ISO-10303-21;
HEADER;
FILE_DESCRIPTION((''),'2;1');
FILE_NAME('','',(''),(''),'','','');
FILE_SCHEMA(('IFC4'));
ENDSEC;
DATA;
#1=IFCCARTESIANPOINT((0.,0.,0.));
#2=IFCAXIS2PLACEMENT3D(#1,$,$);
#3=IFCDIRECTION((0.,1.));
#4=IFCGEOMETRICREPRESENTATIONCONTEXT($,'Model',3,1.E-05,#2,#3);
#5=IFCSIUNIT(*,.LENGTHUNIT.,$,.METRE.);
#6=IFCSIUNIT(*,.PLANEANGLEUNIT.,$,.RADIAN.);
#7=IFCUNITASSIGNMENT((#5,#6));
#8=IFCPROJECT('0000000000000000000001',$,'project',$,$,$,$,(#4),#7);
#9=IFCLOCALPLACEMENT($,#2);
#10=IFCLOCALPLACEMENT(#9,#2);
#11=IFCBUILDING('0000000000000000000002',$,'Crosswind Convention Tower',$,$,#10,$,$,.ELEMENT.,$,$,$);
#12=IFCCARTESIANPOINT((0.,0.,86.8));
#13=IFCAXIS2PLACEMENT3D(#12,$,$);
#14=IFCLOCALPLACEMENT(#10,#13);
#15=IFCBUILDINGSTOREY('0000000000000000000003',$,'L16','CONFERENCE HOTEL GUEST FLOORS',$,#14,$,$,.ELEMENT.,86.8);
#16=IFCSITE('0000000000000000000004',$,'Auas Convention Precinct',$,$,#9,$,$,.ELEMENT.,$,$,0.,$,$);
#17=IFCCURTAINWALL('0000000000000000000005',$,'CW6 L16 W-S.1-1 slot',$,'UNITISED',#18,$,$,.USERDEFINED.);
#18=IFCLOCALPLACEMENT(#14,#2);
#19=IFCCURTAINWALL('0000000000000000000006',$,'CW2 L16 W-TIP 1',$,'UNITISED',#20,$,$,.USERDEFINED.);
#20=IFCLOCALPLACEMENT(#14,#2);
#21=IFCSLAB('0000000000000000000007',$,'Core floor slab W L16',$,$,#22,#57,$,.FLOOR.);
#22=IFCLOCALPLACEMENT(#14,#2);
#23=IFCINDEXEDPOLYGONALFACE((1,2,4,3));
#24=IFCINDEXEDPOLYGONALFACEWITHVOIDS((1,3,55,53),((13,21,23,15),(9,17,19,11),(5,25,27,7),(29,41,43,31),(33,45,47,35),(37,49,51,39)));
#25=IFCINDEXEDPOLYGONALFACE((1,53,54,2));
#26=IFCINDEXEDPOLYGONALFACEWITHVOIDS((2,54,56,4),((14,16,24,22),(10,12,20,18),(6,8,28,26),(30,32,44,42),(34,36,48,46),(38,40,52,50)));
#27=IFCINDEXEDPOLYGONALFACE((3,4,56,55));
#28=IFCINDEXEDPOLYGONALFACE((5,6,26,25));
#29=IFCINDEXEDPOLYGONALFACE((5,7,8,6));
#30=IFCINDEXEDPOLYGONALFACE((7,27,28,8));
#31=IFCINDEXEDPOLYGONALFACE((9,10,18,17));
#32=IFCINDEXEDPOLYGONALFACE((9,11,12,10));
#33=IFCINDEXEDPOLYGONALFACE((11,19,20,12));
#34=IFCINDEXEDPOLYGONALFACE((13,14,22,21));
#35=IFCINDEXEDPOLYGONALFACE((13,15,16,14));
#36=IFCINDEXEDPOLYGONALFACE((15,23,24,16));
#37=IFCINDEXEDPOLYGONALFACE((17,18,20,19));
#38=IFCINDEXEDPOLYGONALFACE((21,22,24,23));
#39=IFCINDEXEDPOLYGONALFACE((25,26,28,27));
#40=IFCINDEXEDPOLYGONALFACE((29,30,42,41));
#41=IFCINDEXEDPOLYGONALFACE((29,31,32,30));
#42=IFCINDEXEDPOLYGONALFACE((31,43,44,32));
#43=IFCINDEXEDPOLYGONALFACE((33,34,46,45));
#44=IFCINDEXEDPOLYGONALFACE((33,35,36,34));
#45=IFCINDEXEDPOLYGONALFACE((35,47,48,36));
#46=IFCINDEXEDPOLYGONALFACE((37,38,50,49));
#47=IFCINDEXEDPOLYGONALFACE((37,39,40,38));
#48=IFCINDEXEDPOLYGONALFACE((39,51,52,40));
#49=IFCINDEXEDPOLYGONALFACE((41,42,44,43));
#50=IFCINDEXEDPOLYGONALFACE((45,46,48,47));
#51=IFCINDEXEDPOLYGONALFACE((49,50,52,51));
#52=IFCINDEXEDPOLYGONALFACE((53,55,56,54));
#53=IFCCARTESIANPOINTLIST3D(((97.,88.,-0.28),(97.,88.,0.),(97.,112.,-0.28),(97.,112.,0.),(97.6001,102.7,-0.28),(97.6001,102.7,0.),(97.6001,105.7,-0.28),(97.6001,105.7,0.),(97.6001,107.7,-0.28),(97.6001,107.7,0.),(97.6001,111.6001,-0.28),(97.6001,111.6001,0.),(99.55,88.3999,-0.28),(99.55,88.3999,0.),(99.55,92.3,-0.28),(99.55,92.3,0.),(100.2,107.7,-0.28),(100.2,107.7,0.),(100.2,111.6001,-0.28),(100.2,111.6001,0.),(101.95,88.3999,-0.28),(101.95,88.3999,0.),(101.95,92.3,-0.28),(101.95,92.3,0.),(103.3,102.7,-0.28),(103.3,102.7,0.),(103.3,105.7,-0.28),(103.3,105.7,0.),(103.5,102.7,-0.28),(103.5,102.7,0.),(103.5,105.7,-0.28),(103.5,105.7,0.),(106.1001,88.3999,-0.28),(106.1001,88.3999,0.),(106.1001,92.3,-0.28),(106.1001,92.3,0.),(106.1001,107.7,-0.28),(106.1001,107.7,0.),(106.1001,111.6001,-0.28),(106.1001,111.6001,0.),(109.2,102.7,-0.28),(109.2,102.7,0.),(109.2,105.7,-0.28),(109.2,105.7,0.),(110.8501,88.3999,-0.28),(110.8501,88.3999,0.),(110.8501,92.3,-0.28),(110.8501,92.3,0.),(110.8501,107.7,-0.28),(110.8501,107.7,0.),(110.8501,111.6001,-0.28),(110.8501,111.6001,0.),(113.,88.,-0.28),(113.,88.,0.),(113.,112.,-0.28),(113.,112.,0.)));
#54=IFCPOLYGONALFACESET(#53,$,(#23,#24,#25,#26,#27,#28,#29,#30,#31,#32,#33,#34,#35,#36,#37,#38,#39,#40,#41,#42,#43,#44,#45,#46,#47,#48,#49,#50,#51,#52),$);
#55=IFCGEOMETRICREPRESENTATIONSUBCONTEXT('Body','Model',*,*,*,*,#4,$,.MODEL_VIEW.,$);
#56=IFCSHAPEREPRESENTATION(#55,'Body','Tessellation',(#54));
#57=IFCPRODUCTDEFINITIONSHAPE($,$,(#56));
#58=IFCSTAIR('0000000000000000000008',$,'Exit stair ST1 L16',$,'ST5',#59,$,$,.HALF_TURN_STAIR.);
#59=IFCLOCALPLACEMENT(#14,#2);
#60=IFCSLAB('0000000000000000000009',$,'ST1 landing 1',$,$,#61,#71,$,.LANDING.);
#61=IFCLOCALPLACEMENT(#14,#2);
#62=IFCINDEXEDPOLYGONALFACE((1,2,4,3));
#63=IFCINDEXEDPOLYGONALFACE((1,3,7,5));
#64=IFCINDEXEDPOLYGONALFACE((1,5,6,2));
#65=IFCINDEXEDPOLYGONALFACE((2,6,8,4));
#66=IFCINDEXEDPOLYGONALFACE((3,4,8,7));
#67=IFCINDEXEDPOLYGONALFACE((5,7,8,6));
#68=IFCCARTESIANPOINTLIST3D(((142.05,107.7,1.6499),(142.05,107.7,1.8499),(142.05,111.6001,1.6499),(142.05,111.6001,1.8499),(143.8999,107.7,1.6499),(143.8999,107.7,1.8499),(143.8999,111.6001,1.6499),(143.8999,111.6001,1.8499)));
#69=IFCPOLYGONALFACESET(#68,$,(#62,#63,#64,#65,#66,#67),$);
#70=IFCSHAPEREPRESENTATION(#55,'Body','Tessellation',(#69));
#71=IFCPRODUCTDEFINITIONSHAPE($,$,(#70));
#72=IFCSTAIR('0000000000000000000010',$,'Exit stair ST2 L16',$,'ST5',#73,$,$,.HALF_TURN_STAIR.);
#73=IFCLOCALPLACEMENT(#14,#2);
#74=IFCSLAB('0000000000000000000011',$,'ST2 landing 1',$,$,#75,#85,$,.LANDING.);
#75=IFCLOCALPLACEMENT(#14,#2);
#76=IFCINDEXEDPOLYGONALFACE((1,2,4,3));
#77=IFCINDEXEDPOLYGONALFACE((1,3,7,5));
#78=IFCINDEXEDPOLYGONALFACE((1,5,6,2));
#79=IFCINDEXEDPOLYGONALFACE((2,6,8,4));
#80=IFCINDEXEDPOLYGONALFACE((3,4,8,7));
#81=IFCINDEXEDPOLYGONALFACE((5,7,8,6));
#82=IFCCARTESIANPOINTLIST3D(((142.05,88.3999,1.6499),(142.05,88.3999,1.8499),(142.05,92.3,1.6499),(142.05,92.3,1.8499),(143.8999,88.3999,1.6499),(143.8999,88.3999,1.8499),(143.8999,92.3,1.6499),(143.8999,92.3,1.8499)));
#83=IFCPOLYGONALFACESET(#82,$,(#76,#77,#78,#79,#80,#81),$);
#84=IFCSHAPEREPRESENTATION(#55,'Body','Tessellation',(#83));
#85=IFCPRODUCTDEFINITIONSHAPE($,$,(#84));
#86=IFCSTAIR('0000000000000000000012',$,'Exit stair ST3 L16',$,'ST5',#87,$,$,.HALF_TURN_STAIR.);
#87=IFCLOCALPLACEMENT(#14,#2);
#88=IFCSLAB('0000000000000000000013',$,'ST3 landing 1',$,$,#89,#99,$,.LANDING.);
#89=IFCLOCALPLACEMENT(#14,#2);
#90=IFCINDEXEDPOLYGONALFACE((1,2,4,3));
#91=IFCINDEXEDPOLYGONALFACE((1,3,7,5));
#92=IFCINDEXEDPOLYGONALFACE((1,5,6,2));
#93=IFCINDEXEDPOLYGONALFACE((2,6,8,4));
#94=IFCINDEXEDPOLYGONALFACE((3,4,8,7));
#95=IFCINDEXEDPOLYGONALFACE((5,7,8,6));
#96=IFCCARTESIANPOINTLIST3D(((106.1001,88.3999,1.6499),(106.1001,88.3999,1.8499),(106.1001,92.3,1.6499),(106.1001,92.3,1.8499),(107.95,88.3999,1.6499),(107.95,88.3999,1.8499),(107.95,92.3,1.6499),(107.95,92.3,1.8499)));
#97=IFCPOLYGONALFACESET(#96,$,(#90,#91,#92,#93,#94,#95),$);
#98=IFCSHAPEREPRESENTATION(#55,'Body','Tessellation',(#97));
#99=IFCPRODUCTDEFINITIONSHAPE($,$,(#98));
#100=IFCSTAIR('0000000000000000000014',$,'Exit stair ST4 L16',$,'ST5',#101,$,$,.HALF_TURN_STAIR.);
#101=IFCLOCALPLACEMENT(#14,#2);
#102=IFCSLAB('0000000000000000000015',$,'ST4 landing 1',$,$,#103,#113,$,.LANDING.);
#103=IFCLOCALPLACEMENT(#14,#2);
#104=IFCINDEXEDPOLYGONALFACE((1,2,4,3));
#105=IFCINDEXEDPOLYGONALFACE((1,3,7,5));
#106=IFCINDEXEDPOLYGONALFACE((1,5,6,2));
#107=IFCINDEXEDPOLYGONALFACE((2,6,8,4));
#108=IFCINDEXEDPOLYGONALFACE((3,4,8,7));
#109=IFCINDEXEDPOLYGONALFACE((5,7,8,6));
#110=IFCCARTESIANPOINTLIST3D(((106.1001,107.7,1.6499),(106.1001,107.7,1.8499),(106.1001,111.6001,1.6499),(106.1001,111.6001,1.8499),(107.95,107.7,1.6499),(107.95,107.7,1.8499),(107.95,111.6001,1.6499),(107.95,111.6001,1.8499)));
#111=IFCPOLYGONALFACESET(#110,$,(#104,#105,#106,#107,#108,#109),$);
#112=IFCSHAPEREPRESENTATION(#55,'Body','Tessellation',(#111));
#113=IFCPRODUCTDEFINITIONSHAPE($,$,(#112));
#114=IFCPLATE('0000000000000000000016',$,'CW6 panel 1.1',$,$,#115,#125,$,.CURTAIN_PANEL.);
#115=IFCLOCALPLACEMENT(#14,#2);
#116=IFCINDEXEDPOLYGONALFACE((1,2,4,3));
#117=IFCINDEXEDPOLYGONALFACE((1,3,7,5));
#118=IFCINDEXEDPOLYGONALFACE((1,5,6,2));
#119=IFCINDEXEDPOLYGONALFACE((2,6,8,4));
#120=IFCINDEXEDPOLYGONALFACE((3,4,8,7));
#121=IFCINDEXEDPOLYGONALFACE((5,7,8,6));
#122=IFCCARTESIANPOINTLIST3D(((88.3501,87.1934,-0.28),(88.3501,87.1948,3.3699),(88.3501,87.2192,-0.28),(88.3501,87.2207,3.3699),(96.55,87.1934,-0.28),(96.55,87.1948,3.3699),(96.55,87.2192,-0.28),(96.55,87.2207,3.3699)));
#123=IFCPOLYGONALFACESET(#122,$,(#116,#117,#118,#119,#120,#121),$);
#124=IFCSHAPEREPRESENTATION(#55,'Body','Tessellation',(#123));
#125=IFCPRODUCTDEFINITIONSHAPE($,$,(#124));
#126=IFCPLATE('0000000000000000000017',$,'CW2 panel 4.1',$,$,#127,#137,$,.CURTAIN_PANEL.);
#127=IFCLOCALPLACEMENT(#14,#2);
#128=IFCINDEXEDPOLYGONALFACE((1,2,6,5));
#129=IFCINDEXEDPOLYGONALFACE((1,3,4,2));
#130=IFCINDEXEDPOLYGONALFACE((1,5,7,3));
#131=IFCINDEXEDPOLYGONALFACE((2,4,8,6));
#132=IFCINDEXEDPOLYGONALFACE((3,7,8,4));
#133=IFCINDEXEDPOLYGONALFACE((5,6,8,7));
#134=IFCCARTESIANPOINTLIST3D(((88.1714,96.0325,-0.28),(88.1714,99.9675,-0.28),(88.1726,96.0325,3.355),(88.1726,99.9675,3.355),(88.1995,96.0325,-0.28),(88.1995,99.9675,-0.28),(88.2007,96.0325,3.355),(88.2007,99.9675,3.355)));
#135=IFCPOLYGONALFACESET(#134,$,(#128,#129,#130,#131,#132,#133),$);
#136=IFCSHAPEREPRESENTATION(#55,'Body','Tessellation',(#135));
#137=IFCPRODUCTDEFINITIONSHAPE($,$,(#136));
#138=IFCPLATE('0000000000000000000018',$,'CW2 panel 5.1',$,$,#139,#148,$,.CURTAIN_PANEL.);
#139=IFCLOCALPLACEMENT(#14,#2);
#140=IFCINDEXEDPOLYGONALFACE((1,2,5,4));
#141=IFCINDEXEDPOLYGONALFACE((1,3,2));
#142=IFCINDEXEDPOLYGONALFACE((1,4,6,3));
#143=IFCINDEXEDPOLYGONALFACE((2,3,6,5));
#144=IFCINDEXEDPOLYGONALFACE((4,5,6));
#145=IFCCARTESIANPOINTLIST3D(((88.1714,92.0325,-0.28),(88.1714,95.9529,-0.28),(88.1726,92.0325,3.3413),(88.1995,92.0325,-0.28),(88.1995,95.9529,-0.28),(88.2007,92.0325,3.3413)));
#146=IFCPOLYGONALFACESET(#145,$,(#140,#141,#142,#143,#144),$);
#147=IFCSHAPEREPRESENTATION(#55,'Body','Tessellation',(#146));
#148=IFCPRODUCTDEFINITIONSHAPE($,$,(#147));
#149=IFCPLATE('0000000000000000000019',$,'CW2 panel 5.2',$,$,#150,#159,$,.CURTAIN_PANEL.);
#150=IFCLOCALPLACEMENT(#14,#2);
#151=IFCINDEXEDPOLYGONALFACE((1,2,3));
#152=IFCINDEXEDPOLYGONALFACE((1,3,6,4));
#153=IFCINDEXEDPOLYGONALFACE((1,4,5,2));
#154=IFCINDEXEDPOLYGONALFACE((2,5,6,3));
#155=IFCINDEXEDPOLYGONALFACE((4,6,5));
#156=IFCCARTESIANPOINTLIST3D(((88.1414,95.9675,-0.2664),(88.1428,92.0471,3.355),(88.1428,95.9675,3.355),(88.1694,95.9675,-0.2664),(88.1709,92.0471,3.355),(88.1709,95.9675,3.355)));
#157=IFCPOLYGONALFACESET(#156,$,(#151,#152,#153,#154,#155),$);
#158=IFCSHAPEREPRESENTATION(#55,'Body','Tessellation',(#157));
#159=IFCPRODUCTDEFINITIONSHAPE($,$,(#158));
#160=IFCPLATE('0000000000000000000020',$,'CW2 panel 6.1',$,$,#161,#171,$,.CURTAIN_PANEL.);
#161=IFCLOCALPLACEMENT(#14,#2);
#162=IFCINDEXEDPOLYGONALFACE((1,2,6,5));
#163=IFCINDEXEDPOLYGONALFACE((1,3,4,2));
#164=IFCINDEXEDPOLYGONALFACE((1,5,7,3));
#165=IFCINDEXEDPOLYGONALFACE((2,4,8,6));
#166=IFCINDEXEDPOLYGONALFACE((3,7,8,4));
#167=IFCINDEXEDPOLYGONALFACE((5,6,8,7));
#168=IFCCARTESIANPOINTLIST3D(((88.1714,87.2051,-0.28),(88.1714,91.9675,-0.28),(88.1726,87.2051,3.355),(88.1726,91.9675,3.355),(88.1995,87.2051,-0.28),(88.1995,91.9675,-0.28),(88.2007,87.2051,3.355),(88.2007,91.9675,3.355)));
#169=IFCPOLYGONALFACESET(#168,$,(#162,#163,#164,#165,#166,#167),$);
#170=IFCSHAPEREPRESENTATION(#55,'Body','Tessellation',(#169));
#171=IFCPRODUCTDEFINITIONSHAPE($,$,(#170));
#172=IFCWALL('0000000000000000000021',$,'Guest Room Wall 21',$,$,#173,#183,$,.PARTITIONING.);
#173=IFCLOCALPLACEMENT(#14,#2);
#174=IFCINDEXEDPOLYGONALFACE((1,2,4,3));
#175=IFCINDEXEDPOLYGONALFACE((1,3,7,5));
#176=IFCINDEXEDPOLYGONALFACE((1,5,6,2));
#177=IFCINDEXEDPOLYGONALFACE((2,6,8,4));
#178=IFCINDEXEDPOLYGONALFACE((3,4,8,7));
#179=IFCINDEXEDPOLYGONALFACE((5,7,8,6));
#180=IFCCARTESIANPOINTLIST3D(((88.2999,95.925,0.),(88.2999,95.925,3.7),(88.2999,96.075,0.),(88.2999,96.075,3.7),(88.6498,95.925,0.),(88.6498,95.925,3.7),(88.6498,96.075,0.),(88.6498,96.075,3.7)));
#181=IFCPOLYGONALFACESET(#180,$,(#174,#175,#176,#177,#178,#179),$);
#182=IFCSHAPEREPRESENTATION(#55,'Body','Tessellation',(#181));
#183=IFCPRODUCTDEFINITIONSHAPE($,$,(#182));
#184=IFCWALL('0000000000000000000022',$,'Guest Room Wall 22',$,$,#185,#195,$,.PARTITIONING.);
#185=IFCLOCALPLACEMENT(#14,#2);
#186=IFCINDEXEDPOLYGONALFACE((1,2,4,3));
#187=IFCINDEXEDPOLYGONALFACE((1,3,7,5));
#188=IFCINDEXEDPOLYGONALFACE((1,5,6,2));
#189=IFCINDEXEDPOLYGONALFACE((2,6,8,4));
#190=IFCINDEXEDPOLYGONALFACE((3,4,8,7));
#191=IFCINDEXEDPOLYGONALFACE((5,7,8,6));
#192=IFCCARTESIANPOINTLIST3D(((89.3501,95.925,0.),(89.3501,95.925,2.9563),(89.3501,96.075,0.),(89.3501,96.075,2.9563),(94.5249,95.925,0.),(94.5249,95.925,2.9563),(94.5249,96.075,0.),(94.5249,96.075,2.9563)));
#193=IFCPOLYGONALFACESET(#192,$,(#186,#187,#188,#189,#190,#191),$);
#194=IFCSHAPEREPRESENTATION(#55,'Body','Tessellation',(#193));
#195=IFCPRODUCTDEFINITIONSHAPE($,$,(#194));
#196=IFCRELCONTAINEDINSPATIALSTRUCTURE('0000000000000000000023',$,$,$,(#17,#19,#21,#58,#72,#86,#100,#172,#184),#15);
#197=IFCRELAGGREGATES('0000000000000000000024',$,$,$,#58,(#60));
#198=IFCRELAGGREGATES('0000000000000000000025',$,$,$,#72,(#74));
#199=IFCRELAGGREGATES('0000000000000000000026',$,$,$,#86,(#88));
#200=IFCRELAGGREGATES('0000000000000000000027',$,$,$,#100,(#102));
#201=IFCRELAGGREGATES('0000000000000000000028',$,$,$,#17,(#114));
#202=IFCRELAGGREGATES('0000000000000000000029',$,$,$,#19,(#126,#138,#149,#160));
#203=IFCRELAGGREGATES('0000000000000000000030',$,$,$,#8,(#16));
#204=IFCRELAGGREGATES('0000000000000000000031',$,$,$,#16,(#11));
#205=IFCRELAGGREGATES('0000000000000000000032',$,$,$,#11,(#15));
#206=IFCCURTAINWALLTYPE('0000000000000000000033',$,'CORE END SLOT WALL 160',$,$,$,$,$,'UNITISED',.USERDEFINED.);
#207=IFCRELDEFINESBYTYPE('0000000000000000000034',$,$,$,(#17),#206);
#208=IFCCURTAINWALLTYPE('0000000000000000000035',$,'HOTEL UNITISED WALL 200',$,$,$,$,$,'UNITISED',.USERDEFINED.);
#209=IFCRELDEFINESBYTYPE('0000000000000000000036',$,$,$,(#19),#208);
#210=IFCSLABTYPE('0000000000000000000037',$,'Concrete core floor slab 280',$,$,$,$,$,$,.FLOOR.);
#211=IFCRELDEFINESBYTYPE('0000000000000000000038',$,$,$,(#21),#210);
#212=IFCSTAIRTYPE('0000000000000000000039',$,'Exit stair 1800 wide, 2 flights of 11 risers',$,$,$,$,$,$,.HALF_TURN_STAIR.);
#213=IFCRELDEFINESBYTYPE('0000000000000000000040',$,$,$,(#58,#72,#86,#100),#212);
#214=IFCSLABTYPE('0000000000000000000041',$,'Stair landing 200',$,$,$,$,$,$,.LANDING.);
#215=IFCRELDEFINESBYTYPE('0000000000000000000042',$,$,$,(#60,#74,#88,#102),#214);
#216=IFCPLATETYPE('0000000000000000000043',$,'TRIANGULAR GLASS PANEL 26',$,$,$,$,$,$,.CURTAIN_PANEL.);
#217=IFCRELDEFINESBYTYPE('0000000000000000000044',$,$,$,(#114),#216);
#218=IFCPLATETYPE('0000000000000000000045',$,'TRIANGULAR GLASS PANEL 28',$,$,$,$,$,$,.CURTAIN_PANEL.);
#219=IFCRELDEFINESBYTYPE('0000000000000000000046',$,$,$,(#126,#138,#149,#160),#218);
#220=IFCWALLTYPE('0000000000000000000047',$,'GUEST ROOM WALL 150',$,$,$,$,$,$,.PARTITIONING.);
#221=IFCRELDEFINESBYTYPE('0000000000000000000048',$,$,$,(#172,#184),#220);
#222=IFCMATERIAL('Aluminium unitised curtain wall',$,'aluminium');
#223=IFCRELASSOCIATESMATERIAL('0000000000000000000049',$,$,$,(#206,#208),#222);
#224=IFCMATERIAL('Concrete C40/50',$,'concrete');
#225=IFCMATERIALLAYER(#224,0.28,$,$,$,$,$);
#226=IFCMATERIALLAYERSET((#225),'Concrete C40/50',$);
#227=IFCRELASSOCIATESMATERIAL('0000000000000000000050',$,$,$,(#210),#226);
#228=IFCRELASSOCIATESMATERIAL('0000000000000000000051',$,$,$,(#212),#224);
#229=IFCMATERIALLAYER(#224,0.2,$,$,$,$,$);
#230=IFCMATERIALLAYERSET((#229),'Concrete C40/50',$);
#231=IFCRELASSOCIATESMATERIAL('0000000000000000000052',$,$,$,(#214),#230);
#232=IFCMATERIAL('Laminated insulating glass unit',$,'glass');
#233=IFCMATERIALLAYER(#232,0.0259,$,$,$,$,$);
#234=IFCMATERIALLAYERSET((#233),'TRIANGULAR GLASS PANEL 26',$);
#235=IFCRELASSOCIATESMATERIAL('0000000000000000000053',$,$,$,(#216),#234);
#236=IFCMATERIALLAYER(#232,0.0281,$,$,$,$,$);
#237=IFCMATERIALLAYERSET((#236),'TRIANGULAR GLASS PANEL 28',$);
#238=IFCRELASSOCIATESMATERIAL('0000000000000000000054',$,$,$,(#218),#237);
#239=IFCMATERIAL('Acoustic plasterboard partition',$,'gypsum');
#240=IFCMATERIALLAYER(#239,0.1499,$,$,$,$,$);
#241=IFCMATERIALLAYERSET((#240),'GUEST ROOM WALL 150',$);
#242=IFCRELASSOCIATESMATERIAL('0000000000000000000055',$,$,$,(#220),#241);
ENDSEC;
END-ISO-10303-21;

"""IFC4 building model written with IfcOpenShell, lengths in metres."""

from ifc_helpers import new_model, si_unit, direction, frame, frame_2d, origin, place, context, subcontext, project, spatial, polyline, rectangle, outline, extrude, material, layer, layer_set, type_object, element, aggregate, save


model = new_model("IFC4")

# Units and contexts
model_context = context("Model", 3, precision=1e-05, world=origin(), true_north=direction((0.0, 1.0)))
body_context = subcontext(model_context, "Body", "Model", "MODEL_VIEW")
ifc_project = project(units=[si_unit("LENGTHUNIT", "METRE"), si_unit("PLANEANGLEUNIT", "RADIAN")], contexts=[model_context])

# Site, building, storey
site_placement = place(None, origin())
site = spatial("IfcSite", under=ifc_project, at=site_placement, Name="Auas Convention Precinct", CompositionType="ELEMENT", RefElevation=0.0)
building_placement = place(site_placement, origin())
building = spatial("IfcBuilding", under=site, at=building_placement, Name="Crosswind Convention Tower", CompositionType="ELEMENT")
storey_placement = place(building_placement, frame((0.0, 0.0, 86.8)))
storey = spatial("IfcBuildingStorey", under=building, at=storey_placement, Name="L16", Description="CONFERENCE HOTEL GUEST FLOORS", CompositionType="ELEMENT", Elevation=86.8)

# Curtain wall
ifc_material_1 = material(Name="Aluminium unitised curtain wall", Category="aluminium")
curtain_wall_type_1 = type_object("IfcCurtainWallType", Name="CORE END SLOT WALL 160", ElementType="UNITISED", PredefinedType="USERDEFINED", material=ifc_material_1)
curtain_wall_1_placement = place(storey_placement, origin())
curtain_wall_1 = element("IfcCurtainWall", 1, at=curtain_wall_1_placement, inside=storey, type_object=curtain_wall_type_1, Name="CW6 L16 W-S.1-1 slot", ObjectType="UNITISED", PredefinedType="USERDEFINED")

# Curtain wall
curtain_wall_type_2 = type_object("IfcCurtainWallType", Name="HOTEL UNITISED WALL 200", ElementType="UNITISED", PredefinedType="USERDEFINED", material=ifc_material_1)
curtain_wall_2_placement = place(storey_placement, origin())
curtain_wall_2 = element("IfcCurtainWall", 2, at=curtain_wall_2_placement, inside=storey, type_object=curtain_wall_type_2, Name="CW2 L16 W-TIP 1", ObjectType="UNITISED", PredefinedType="USERDEFINED")

# Slab
ifc_material_2 = material(Name="Concrete C40/50", Category="concrete")
ifc_layer_1 = layer(ifc_material_2, 0.28)
ifc_layer_set_1 = layer_set([ifc_layer_1], Name="Concrete C40/50")
slab_type_1 = type_object("IfcSlabType", Name="Concrete core floor slab 280", PredefinedType="FLOOR", material=ifc_layer_set_1)
slab_1_placement = place(storey_placement, frame((0.0, 0.0, -0.28)))
element("IfcSlab", 3, at=slab_1_placement, inside=storey, type_object=slab_type_1, Name="Core floor slab W L16", PredefinedType="FLOOR", context=body_context, shape_type="SweptSolid", body=[
    extrude(outline(polyline([(97.0, 88.0), (113.0, 88.0), (113.0, 112.0), (97.0, 112.0), (97.0, 88.0)]), holes=[polyline([(109.2, 102.7), (109.2, 105.7), (103.5, 105.7), (103.5, 102.7), (109.2, 102.7)]), polyline([(103.3, 102.7), (103.3, 105.7), (97.6001, 105.7), (97.6001, 102.7), (103.3, 102.7)]), polyline([(101.95, 88.3999), (101.95, 92.3), (99.55, 92.3), (99.55, 88.3999), (101.95, 88.3999)]), polyline([(100.2, 107.7), (100.2, 111.6001), (97.6001, 111.6001), (97.6001, 107.7), (100.2, 107.7)]), polyline([(110.8501, 88.3999), (110.8501, 92.3), (106.1001, 92.3), (106.1001, 88.3999), (110.8501, 88.3999)]), polyline([(110.8501, 107.7), (110.8501, 111.6001), (106.1001, 111.6001), (106.1001, 107.7), (110.8501, 107.7)])]), origin(), (0.0, 0.0, 1.0), 0.28),
])

# Stairs, slabs
stair_type = type_object("IfcStairType", Name="Exit stair 1800 wide, 2 flights of 11 risers", PredefinedType="HALF_TURN_STAIR", material=ifc_material_2)
stair_1_placement = place(storey_placement, origin())
stair_1 = element("IfcStair", 4, at=stair_1_placement, inside=storey, type_object=stair_type, Name="Exit stair ST1 L16", ObjectType="ST5", PredefinedType="HALF_TURN_STAIR")
ifc_layer_2 = layer(ifc_material_2, 0.2)
ifc_layer_set_2 = layer_set([ifc_layer_2], Name="Concrete C40/50")
slab_type_2 = type_object("IfcSlabType", Name="Stair landing 200", PredefinedType="LANDING", material=ifc_layer_set_2)
slab_2_placement = place(storey_placement, frame((0.0, 0.0, 1.6499)))
slab_2 = element("IfcSlab", 5, at=slab_2_placement, type_object=slab_type_2, Name="ST1 landing 1", PredefinedType="LANDING", context=body_context, shape_type="SweptSolid", body=[
    extrude(outline(polyline([(143.8999, 107.7), (143.8999, 111.6001), (142.05, 111.6001), (142.05, 107.7), (143.8999, 107.7)])), origin(), (0.0, 0.0, 1.0), 0.2),
])
aggregate(stair_1, [slab_2])
stair_2_placement = place(storey_placement, origin())
stair_2 = element("IfcStair", 6, at=stair_2_placement, inside=storey, type_object=stair_type, Name="Exit stair ST2 L16", ObjectType="ST5", PredefinedType="HALF_TURN_STAIR")
slab_3_placement = place(storey_placement, frame((0.0, 0.0, 1.6499)))
slab_3 = element("IfcSlab", 7, at=slab_3_placement, type_object=slab_type_2, Name="ST2 landing 1", PredefinedType="LANDING", context=body_context, shape_type="SweptSolid", body=[
    extrude(outline(polyline([(143.8999, 88.3999), (143.8999, 92.3), (142.05, 92.3), (142.05, 88.3999), (143.8999, 88.3999)])), origin(), (0.0, 0.0, 1.0), 0.2),
])
aggregate(stair_2, [slab_3])
stair_3_placement = place(storey_placement, origin())
stair_3 = element("IfcStair", 8, at=stair_3_placement, inside=storey, type_object=stair_type, Name="Exit stair ST3 L16", ObjectType="ST5", PredefinedType="HALF_TURN_STAIR")
slab_4_placement = place(storey_placement, frame((0.0, 0.0, 1.6499)))
slab_4 = element("IfcSlab", 9, at=slab_4_placement, type_object=slab_type_2, Name="ST3 landing 1", PredefinedType="LANDING", context=body_context, shape_type="SweptSolid", body=[
    extrude(outline(polyline([(107.95, 88.3999), (107.95, 92.3), (106.1001, 92.3), (106.1001, 88.3999), (107.95, 88.3999)])), origin(), (0.0, 0.0, 1.0), 0.2),
])
aggregate(stair_3, [slab_4])
stair_4_placement = place(storey_placement, origin())
stair_4 = element("IfcStair", 10, at=stair_4_placement, inside=storey, type_object=stair_type, Name="Exit stair ST4 L16", ObjectType="ST5", PredefinedType="HALF_TURN_STAIR")
slab_5_placement = place(storey_placement, frame((0.0, 0.0, 1.6499)))
slab_5 = element("IfcSlab", 11, at=slab_5_placement, type_object=slab_type_2, Name="ST4 landing 1", PredefinedType="LANDING", context=body_context, shape_type="SweptSolid", body=[
    extrude(outline(polyline([(107.95, 107.7), (107.95, 111.6001), (106.1001, 111.6001), (106.1001, 107.7), (107.95, 107.7)])), origin(), (0.0, 0.0, 1.0), 0.2),
])
aggregate(stair_4, [slab_5])

# Plates
ifc_material_3 = material(Name="Laminated insulating glass unit", Category="glass")
ifc_layer_3 = layer(ifc_material_3, 0.0259)
ifc_layer_set_3 = layer_set([ifc_layer_3], Name="TRIANGULAR GLASS PANEL 26")
plate_type_1 = type_object("IfcPlateType", Name="TRIANGULAR GLASS PANEL 26", PredefinedType="CURTAIN_PANEL", material=ifc_layer_set_3)
plate_1_placement = place(storey_placement, frame((88.3501, 87.1934, -0.28), z_axis=(0.0, -1.0, 0.000401), x_axis=(1.0, 0.0, 0.0)))
plate_1 = element("IfcPlate", 12, at=plate_1_placement, type_object=plate_type_1, Name="CW6 panel 1.1", PredefinedType="CURTAIN_PANEL", context=body_context, shape_type="SweptSolid", body=[
    extrude(outline(polyline([(0.0, 0.0), (8.2, 0.0), (8.2, 3.6499), (0.0, 3.6499), (0.0, 0.0)])), origin(), (0.0, 0.0, -1.0), 0.0259),
])
aggregate(curtain_wall_1, [plate_1])
ifc_layer_4 = layer(ifc_material_3, 0.0281)
ifc_layer_set_4 = layer_set([ifc_layer_4], Name="TRIANGULAR GLASS PANEL 28")
plate_type_2 = type_object("IfcPlateType", Name="TRIANGULAR GLASS PANEL 28", PredefinedType="CURTAIN_PANEL", material=ifc_layer_set_4)
plate_2_placement = place(storey_placement, frame((88.1714, 99.9675, -0.28), z_axis=(-1.0, 0.0, 0.000336), x_axis=(0.0, -1.0, 0.0)))
plate_2 = element("IfcPlate", 13, at=plate_2_placement, type_object=plate_type_2, Name="CW2 panel 4.1", PredefinedType="CURTAIN_PANEL", context=body_context, shape_type="SweptSolid", body=[
    extrude(outline(polyline([(0.0, 0.0), (3.9351, 0.0), (3.9351, 3.635), (0.0, 3.635), (0.0, 0.0)])), origin(), (0.0, 0.0, -1.0), 0.0281),
])
plate_3_placement = place(storey_placement, frame((88.1714, 92.0325, -0.28), z_axis=(-1.0, 0.0, 0.000337), x_axis=(0.000337, 0.0, 1.0)))
plate_3 = element("IfcPlate", 14, at=plate_3_placement, type_object=plate_type_2, Name="CW2 panel 5.1", PredefinedType="CURTAIN_PANEL", context=body_context, shape_type="SweptSolid", body=[
    extrude(outline(polyline([(0.0, 0.0), (3.6213, 0.0), (0.0, 3.9204), (0.0, 0.0)])), origin(), (0.0, 0.0, -1.0), 0.0281),
])
plate_4_placement = place(storey_placement, frame((88.1428, 95.9675, 3.355), z_axis=(-1.0, 0.0, 0.000405), x_axis=(-0.000405, 0.0, -1.0)))
plate_4 = element("IfcPlate", 15, at=plate_4_placement, type_object=plate_type_2, Name="CW2 panel 5.2", PredefinedType="CURTAIN_PANEL", context=body_context, shape_type="SweptSolid", body=[
    extrude(outline(polyline([(0.0, 0.0), (3.6213, 0.0), (0.0, 3.9204), (0.0, 0.0)])), origin(), (0.0, 0.0, -1.0), 0.0281),
])
plate_5_placement = place(storey_placement, frame((88.1714, 91.9675, -0.28), z_axis=(-1.0, 0.0, 0.000336), x_axis=(0.0, -1.0, 0.0)))
plate_5 = element("IfcPlate", 16, at=plate_5_placement, type_object=plate_type_2, Name="CW2 panel 6.1", PredefinedType="CURTAIN_PANEL", context=body_context, shape_type="SweptSolid", body=[
    extrude(outline(polyline([(0.0, 0.0), (4.7625, 0.0), (4.7625, 3.635), (0.0, 3.635), (0.0, 0.0)])), origin(), (0.0, 0.0, -1.0), 0.0281),
])
aggregate(curtain_wall_2, [plate_2, plate_3, plate_4, plate_5])

# Walls
ifc_material_4 = material(Name="Acoustic plasterboard partition", Category="gypsum")
ifc_layer_5 = layer(ifc_material_4, 0.1499)
ifc_layer_set_5 = layer_set([ifc_layer_5], Name="GUEST ROOM WALL 150")
wall_type = type_object("IfcWallType", Name="GUEST ROOM WALL 150", PredefinedType="PARTITIONING", material=ifc_layer_set_5)
wall_1_placement = place(storey_placement, frame((88.3, 96.0, 0.0), z_axis=(0.0, 0.0, 1.0), x_axis=(1.0, 0.0, 0.0)))
element("IfcWall", 17, at=wall_1_placement, inside=storey, type_object=wall_type, Name="Guest Room Wall 21", PredefinedType="PARTITIONING", context=body_context, shape_type="SweptSolid", body=[
    extrude(rectangle(XDim=0.3499, YDim=0.1499, at=frame_2d((0.1748, 0.0))), origin(), (0.0, 0.0, 1.0), 3.7),
])
wall_2_placement = place(storey_placement, frame((89.3501, 96.0, 0.0), z_axis=(0.0, 0.0, 1.0), x_axis=(1.0, 0.0, 0.0)))
element("IfcWall", 18, at=wall_2_placement, inside=storey, type_object=wall_type, Name="Guest Room Wall 22", PredefinedType="PARTITIONING", context=body_context, shape_type="SweptSolid", body=[
    extrude(rectangle(XDim=5.1748, YDim=0.1499, at=frame_2d((2.5874, 0.0))), origin(), (0.0, 0.0, 1.0), 2.9563),
])

save(model, "model.ifc")
